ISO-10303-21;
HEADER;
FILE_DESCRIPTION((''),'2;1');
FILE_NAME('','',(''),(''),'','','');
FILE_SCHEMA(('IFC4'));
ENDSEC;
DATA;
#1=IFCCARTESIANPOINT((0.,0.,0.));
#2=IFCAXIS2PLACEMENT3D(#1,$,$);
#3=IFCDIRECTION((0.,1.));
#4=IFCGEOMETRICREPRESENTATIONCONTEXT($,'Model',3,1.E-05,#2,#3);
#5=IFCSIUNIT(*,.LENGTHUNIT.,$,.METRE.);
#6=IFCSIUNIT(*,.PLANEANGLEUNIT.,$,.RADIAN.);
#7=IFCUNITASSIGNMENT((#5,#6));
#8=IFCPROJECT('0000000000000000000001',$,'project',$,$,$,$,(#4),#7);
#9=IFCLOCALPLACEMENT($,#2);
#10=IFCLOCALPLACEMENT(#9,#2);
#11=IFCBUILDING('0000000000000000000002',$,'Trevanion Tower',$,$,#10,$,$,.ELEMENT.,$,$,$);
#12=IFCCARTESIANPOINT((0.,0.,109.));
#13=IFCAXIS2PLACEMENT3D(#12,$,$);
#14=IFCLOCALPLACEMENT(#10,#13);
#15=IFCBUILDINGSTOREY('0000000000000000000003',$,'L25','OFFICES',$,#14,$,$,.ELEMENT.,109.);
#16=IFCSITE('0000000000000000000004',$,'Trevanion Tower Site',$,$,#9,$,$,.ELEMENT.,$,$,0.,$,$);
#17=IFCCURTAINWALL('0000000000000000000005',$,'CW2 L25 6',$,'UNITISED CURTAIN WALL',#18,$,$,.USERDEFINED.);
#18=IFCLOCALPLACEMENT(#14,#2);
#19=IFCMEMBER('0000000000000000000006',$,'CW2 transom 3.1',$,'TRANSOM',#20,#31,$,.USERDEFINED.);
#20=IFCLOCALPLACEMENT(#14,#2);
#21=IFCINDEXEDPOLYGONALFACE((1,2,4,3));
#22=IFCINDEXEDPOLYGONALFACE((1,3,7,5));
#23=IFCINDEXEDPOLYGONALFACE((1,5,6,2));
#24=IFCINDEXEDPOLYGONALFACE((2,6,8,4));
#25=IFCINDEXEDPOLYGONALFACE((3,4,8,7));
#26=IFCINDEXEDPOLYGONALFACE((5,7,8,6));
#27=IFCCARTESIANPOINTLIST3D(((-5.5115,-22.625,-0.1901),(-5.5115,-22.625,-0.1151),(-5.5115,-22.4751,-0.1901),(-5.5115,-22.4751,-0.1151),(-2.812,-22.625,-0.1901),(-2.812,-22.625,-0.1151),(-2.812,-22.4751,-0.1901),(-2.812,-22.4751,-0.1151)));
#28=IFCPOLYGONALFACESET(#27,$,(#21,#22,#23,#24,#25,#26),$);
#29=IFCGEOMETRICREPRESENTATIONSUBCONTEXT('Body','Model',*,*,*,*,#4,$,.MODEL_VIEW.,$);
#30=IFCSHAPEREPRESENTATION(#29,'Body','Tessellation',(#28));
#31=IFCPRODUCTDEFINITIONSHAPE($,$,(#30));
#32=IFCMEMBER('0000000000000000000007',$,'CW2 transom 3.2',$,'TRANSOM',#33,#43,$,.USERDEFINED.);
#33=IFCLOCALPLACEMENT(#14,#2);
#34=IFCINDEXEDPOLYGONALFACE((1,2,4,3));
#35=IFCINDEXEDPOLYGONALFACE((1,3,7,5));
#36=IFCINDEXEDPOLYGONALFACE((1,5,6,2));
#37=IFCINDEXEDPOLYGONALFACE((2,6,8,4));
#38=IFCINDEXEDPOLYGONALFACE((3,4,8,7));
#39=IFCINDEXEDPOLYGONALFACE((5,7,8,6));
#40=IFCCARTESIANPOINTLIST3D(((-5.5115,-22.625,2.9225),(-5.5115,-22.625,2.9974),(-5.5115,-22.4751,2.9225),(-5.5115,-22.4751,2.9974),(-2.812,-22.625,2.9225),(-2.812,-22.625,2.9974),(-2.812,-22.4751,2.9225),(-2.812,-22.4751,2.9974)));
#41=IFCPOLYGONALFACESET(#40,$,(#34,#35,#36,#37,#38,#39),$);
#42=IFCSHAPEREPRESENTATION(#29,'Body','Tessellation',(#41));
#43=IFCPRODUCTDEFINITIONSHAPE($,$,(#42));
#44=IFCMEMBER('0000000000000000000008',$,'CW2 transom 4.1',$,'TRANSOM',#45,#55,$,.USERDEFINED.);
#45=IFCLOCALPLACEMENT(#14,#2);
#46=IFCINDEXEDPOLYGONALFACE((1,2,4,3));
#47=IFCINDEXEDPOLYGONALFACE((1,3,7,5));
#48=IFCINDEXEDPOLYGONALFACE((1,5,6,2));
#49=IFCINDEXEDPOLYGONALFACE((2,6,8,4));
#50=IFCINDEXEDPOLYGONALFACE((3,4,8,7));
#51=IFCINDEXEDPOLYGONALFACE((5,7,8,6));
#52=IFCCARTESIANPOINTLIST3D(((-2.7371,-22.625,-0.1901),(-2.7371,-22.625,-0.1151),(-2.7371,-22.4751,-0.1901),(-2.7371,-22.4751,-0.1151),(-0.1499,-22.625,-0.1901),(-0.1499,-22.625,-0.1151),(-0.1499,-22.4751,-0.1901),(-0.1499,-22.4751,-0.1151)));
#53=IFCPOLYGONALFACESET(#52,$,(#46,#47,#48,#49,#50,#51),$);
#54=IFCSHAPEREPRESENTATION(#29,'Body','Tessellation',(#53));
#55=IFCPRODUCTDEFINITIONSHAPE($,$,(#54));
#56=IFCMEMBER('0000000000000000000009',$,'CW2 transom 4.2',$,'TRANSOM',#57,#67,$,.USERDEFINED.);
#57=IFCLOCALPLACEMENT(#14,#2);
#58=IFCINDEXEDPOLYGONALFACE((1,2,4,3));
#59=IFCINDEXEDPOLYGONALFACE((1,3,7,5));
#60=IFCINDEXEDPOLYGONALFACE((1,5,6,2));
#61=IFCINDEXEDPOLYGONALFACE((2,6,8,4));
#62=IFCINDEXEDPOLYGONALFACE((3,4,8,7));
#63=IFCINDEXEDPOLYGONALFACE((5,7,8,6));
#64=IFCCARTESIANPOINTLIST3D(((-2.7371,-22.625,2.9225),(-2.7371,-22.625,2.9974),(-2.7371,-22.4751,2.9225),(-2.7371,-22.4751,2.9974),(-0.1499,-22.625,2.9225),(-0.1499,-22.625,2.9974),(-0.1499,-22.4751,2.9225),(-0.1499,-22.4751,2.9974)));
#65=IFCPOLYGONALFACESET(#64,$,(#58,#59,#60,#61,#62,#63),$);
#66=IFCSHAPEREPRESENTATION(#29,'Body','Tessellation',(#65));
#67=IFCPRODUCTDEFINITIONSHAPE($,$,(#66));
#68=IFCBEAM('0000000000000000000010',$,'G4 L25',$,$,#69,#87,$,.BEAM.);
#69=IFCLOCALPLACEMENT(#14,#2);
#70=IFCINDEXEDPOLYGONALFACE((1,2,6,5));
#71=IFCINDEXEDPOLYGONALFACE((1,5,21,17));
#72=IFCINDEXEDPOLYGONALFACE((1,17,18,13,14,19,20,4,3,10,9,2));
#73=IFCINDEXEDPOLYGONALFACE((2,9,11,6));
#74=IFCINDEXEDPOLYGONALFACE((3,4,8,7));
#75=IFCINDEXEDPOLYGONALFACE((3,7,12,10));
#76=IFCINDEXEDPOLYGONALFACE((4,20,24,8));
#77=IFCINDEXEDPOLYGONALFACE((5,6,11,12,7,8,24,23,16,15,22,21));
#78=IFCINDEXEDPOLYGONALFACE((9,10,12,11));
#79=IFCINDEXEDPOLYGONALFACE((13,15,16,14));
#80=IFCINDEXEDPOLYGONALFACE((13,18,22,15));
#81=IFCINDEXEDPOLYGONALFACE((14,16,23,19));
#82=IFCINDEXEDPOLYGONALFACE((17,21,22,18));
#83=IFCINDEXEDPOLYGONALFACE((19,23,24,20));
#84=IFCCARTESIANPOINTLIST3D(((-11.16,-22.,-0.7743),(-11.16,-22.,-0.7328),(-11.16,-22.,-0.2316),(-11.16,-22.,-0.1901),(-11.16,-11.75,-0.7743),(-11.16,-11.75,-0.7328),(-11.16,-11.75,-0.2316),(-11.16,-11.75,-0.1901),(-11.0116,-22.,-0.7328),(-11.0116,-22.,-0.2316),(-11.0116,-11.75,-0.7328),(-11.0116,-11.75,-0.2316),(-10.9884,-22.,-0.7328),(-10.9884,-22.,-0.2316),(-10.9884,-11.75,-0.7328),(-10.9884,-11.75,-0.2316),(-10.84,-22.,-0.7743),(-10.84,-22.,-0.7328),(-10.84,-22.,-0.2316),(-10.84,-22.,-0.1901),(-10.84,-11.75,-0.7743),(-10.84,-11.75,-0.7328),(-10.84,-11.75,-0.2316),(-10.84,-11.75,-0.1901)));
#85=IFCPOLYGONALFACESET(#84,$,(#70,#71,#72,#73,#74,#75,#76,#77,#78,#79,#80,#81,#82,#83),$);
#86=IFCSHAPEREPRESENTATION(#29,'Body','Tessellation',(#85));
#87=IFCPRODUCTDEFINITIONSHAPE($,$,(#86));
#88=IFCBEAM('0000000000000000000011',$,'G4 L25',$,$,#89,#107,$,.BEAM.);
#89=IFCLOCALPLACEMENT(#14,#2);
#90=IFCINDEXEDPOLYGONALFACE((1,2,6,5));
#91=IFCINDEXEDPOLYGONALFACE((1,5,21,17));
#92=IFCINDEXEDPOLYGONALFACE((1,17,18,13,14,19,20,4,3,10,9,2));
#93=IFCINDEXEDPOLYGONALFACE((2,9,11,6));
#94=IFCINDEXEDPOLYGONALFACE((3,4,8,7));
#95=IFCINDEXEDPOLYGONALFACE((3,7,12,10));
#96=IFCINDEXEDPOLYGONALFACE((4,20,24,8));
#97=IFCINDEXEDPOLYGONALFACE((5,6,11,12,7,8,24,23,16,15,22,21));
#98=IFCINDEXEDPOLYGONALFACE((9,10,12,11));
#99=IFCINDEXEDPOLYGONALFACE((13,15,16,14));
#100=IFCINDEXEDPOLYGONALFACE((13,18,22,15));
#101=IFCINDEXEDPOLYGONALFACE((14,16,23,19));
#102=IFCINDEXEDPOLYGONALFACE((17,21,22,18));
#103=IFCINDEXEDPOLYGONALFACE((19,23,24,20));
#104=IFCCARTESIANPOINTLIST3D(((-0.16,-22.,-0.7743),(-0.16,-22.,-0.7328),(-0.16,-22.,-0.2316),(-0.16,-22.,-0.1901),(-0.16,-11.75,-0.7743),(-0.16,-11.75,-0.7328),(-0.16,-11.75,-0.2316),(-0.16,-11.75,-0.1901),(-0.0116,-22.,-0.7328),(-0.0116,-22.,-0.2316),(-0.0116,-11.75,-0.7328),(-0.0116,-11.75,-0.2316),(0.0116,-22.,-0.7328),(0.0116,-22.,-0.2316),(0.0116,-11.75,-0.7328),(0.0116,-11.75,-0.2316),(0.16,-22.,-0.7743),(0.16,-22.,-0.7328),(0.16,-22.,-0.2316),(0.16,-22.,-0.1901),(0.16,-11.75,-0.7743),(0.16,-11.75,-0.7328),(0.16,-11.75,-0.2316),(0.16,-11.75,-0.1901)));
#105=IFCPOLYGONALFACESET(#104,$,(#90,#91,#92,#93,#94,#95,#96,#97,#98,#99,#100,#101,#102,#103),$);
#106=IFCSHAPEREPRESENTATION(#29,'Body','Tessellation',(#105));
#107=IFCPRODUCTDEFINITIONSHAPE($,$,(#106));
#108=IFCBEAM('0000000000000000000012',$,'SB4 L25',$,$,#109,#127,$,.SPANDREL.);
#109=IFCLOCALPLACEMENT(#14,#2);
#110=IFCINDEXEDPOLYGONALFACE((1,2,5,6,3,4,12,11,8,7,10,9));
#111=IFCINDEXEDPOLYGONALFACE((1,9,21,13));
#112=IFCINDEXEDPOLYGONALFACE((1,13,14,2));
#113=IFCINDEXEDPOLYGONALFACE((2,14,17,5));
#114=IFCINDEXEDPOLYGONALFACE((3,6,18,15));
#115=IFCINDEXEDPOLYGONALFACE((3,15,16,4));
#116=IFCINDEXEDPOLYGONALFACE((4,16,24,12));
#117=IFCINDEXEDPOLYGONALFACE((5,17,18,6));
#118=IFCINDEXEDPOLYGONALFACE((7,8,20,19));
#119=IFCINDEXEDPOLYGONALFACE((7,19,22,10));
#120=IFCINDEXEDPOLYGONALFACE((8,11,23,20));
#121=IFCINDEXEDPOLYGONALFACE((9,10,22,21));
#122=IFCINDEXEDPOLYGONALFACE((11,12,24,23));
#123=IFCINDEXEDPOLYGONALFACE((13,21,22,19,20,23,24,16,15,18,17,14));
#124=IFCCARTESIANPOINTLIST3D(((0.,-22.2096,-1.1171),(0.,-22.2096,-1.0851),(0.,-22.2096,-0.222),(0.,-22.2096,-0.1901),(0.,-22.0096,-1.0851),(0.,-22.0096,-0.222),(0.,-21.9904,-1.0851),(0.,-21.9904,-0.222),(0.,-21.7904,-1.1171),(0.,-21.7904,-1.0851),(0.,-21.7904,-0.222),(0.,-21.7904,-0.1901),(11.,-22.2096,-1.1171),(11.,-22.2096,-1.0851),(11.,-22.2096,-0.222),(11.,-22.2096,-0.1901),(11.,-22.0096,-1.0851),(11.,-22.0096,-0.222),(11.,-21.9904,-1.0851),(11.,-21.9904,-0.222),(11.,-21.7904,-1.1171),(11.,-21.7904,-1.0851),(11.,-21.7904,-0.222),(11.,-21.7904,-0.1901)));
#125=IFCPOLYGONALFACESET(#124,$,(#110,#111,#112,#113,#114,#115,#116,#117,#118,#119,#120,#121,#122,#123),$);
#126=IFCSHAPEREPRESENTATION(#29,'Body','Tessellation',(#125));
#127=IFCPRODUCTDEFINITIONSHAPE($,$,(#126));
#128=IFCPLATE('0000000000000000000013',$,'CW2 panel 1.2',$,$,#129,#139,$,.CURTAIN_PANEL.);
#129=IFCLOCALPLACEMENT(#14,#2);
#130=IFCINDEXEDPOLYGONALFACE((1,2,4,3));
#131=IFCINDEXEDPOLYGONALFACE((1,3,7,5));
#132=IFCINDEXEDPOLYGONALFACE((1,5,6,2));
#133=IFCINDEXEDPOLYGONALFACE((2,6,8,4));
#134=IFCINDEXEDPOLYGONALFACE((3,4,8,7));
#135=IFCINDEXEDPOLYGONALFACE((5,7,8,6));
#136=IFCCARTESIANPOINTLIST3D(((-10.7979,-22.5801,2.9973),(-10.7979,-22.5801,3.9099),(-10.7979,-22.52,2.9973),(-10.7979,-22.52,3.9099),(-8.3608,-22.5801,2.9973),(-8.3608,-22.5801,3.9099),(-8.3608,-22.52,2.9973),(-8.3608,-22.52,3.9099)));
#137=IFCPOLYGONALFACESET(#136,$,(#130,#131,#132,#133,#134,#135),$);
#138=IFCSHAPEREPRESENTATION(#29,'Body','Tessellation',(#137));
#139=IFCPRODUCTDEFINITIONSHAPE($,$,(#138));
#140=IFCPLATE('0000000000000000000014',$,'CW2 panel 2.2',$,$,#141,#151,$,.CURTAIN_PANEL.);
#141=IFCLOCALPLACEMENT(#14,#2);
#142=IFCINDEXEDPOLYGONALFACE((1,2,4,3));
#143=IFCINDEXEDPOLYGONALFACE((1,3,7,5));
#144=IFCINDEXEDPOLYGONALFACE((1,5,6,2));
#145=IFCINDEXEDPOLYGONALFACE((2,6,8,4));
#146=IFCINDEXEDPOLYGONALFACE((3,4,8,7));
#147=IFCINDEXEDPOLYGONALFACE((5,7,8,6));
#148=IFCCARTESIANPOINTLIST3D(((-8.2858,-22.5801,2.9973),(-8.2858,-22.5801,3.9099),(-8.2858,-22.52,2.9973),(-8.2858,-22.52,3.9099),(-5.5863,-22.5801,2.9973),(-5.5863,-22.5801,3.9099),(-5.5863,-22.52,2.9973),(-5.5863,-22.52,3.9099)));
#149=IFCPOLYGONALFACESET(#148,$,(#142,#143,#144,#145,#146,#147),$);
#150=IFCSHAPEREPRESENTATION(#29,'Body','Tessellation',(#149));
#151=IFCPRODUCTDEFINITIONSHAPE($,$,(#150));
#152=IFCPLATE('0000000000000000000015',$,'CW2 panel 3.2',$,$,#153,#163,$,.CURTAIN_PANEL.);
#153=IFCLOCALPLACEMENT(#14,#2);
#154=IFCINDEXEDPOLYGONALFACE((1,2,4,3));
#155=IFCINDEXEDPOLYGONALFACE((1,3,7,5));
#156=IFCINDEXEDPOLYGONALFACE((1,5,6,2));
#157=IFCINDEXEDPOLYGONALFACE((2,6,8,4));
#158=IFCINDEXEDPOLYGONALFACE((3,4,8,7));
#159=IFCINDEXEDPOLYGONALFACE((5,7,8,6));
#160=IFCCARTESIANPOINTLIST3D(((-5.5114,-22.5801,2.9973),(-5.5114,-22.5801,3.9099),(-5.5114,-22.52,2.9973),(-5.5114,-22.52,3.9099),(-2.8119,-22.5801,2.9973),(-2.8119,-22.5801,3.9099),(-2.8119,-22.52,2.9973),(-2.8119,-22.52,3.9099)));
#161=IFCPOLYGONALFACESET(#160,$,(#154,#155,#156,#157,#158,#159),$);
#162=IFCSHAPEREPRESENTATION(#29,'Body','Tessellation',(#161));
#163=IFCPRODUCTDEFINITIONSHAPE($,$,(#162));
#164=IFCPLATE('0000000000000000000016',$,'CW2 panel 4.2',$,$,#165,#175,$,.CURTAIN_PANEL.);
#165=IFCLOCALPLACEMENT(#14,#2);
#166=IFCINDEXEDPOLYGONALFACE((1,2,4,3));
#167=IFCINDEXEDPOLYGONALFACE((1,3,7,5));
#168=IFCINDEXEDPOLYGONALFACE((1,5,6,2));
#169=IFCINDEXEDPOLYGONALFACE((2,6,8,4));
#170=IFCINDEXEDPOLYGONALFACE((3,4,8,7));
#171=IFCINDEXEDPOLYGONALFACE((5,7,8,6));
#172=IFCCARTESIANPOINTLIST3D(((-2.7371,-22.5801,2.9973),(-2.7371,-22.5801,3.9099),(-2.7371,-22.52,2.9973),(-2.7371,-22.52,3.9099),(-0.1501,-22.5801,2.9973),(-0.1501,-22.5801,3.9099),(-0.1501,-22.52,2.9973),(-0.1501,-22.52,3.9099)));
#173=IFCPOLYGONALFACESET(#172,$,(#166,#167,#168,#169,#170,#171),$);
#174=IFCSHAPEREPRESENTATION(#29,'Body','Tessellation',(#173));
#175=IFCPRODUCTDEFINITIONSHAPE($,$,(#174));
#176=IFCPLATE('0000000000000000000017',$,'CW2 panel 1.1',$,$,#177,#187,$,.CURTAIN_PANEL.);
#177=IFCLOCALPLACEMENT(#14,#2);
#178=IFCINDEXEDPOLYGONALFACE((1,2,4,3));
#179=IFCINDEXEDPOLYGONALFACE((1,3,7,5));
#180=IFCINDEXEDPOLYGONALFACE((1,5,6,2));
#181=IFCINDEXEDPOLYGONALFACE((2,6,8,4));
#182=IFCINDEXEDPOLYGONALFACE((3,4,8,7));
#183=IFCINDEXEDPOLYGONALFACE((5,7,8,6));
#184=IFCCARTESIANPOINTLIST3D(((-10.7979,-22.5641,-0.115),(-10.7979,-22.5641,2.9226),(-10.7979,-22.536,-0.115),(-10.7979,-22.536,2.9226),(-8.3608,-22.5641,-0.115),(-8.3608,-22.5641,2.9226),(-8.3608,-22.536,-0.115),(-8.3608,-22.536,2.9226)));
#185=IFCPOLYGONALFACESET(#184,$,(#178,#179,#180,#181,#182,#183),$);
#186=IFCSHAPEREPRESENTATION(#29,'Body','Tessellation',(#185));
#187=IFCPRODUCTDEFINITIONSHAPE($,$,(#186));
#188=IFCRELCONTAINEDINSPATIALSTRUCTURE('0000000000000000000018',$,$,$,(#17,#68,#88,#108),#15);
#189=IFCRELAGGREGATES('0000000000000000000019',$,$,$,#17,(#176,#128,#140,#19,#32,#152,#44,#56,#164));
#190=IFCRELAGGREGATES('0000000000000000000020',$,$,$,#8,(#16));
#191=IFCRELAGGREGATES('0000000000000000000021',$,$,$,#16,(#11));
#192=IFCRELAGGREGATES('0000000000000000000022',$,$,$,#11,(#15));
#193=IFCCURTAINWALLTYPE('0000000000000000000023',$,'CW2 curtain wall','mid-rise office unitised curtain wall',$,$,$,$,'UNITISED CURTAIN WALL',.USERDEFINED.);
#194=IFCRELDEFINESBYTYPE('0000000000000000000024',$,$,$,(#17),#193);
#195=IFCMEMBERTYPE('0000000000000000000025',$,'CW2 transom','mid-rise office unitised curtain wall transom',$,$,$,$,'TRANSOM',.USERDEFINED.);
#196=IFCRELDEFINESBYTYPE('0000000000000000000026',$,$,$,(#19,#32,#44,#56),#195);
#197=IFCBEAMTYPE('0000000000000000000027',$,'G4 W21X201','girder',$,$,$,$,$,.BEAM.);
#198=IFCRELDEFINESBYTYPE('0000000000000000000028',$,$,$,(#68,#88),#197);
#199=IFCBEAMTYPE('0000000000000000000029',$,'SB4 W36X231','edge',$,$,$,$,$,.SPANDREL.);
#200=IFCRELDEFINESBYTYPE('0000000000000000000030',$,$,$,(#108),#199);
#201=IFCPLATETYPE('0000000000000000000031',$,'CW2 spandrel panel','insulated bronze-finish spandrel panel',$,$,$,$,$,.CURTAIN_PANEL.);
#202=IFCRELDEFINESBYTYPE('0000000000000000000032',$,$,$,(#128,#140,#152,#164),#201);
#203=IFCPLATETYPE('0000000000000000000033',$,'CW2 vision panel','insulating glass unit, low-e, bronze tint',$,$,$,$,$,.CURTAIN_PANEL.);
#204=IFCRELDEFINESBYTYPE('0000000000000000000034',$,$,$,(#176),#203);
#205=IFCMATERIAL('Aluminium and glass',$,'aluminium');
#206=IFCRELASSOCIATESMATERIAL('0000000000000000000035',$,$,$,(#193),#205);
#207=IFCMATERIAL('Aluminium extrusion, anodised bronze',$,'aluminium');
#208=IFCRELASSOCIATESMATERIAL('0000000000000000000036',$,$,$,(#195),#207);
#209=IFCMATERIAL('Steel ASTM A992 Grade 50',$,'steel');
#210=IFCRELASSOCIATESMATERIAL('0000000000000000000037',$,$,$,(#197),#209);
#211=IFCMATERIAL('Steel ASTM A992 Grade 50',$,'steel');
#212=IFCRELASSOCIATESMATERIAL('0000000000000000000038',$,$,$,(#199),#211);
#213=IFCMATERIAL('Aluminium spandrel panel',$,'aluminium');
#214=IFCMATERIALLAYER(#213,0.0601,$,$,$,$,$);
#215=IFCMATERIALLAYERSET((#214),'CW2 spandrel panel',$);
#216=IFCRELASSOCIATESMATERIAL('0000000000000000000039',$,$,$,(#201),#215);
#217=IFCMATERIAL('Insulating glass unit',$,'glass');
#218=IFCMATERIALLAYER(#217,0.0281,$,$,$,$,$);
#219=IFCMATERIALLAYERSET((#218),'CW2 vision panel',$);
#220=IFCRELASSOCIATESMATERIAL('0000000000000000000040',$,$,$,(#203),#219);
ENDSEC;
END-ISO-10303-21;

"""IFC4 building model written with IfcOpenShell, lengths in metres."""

from ifc_helpers import new_model, si_unit, direction, frame, origin, origin_2d, place, context, subcontext, project, spatial, rectangle, i_section, extrude, material, layer, layer_set, material_profile, profile_set, type_object, element, aggregate, save


model = new_model("IFC4")

# Units and contexts
model_context = context("Model", 3, precision=1e-05, world=origin(), true_north=direction((0.0, 1.0)))
body_context = subcontext(model_context, "Body", "Model", "MODEL_VIEW")
ifc_project = project(units=[si_unit("LENGTHUNIT", "METRE"), si_unit("PLANEANGLEUNIT", "RADIAN")], contexts=[model_context])

# Site, building, storey
site_placement = place(None, origin())
site = spatial("IfcSite", under=ifc_project, at=site_placement, Name="Trevanion Tower Site", CompositionType="ELEMENT", RefElevation=0.0)
building_placement = place(site_placement, origin())
building = spatial("IfcBuilding", under=site, at=building_placement, Name="Trevanion Tower", CompositionType="ELEMENT")
storey_placement = place(building_placement, frame((0.0, 0.0, 109.0)))
storey = spatial("IfcBuildingStorey", under=building, at=storey_placement, Name="L25", Description="OFFICES", CompositionType="ELEMENT", Elevation=109.0)

# Curtain wall, members
ifc_material_1 = material(Name="Aluminium and glass", Category="aluminium")
curtain_wall_type = type_object("IfcCurtainWallType", Name="CW2 curtain wall", Description="mid-rise office unitised curtain wall", ElementType="UNITISED CURTAIN WALL", PredefinedType="USERDEFINED", material=ifc_material_1)
curtain_wall_placement = place(storey_placement, origin())
curtain_wall = element("IfcCurtainWall", 1, at=curtain_wall_placement, inside=storey, type_object=curtain_wall_type, Name="CW2 L25 6", ObjectType="UNITISED CURTAIN WALL", PredefinedType="USERDEFINED")
ifc_material_2 = material(Name="Aluminium extrusion, anodised bronze", Category="aluminium")
ifc_material_profile_1 = material_profile(ifc_material_2, rectangle(XDim=0.1499, YDim=0.075, at=origin_2d()), Name="CW2 transom")
ifc_profile_set_1 = profile_set([ifc_material_profile_1], Name="Aluminium extrusion, anodised bronze")
member_type_1 = type_object("IfcMemberType", Name="CW2 transom", Description="mid-rise office unitised curtain wall transom", ElementType="TRANSOM", PredefinedType="USERDEFINED", material=ifc_profile_set_1)
member_1_placement = place(storey_placement, frame((-5.5115, -22.55, -0.1526), z_axis=(1.0, 0.0, 0.0), x_axis=(0.0, 1.0, 0.0)))
member_1 = element("IfcMember", 2, at=member_1_placement, type_object=member_type_1, Name="CW2 transom 3.1", ObjectType="TRANSOM", PredefinedType="USERDEFINED", context=body_context, shape_type="SweptSolid", body=[
    extrude(rectangle(XDim=0.1499, YDim=0.075, at=origin_2d()), origin(), (0.0, 0.0, 1.0), 2.6995),
])
member_2_placement = place(storey_placement, frame((-5.5115, -22.55, 2.96), z_axis=(1.0, 0.0, 0.0), x_axis=(0.0, 1.0, 0.0)))
member_2 = element("IfcMember", 3, at=member_2_placement, type_object=member_type_1, Name="CW2 transom 3.2", ObjectType="TRANSOM", PredefinedType="USERDEFINED", context=body_context, shape_type="SweptSolid", body=[
    extrude(rectangle(XDim=0.1499, YDim=0.075, at=origin_2d()), origin(), (0.0, 0.0, 1.0), 2.6995),
])
member_3_placement = place(storey_placement, frame((-2.7371, -22.55, -0.1526), z_axis=(1.0, 0.0, 0.0), x_axis=(0.0, 1.0, 0.0)))
member_3 = element("IfcMember", 4, at=member_3_placement, type_object=member_type_1, Name="CW2 transom 4.1", ObjectType="TRANSOM", PredefinedType="USERDEFINED", context=body_context, shape_type="SweptSolid", body=[
    extrude(rectangle(XDim=0.1499, YDim=0.075, at=origin_2d()), origin(), (0.0, 0.0, 1.0), 2.5872),
])
member_4_placement = place(storey_placement, frame((-2.7371, -22.55, 2.96), z_axis=(1.0, 0.0, 0.0), x_axis=(0.0, 1.0, 0.0)))
member_4 = element("IfcMember", 5, at=member_4_placement, type_object=member_type_1, Name="CW2 transom 4.2", ObjectType="TRANSOM", PredefinedType="USERDEFINED", context=body_context, shape_type="SweptSolid", body=[
    extrude(rectangle(XDim=0.1499, YDim=0.075, at=origin_2d()), origin(), (0.0, 0.0, 1.0), 2.5872),
])

# Beams
ifc_material_3 = material(Name="Steel ASTM A992 Grade 50", Category="steel")
ifc_material_profile_2 = material_profile(ifc_material_3, i_section(OverallWidth=0.3201, OverallDepth=0.5842, WebThickness=0.0232, FlangeThickness=0.0415, at=origin_2d()), Name="W21X201")
ifc_profile_set_2 = profile_set([ifc_material_profile_2], Name="Steel ASTM A992 Grade 50")
beam_type_1 = type_object("IfcBeamType", Name="G4 W21X201", Description="girder", PredefinedType="BEAM", material=ifc_profile_set_2)
for number, where, z_axis, x_axis, name in (
    (6, (-11.0, -11.75, -0.4822), (0.0, -1.0, 0.0), (1.0, 0.0, 0.0), "G4 L25"),
    (7, (0.0, -11.75, -0.4822), (0.0, -1.0, 0.0), (1.0, 0.0, 0.0), "G4 L25"),
):
    element("IfcBeam", number, at=place(storey_placement, frame(where, z_axis=z_axis, x_axis=x_axis)), inside=storey, type_object=beam_type_1, Name=name, PredefinedType="BEAM", context=body_context, shape_type="SweptSolid", body=[
        extrude(i_section(OverallWidth=0.3201, OverallDepth=0.5842, WebThickness=0.0232, FlangeThickness=0.0415, at=origin_2d()), origin(), (0.0, 0.0, 1.0), 10.25),
    ])
ifc_material_4 = material(Name="Steel ASTM A992 Grade 50", Category="steel")
ifc_material_profile_3 = material_profile(ifc_material_4, i_section(OverallWidth=0.4192, OverallDepth=0.927, WebThickness=0.0193, FlangeThickness=0.032, at=origin_2d()), Name="W36X231")
ifc_profile_set_3 = profile_set([ifc_material_profile_3], Name="Steel ASTM A992 Grade 50")
beam_type_2 = type_object("IfcBeamType", Name="SB4 W36X231", Description="edge", PredefinedType="SPANDREL", material=ifc_profile_set_3)
beam_placement = place(storey_placement, frame((0.0, -22.0, -0.6536), z_axis=(1.0, 0.0, 0.0), x_axis=(0.0, 1.0, 0.0)))
element("IfcBeam", 8, at=beam_placement, inside=storey, type_object=beam_type_2, Name="SB4 L25", PredefinedType="SPANDREL", context=body_context, shape_type="SweptSolid", body=[
    extrude(i_section(OverallWidth=0.4192, OverallDepth=0.927, WebThickness=0.0193, FlangeThickness=0.032, at=origin_2d()), origin(), (0.0, 0.0, 1.0), 11.0),
])

# Plates
ifc_material_5 = material(Name="Aluminium spandrel panel", Category="aluminium")
ifc_layer_1 = layer(ifc_material_5, 0.0601)
ifc_layer_set_1 = layer_set([ifc_layer_1], Name="CW2 spandrel panel")
plate_type_1 = type_object("IfcPlateType", Name="CW2 spandrel panel", Description="insulated bronze-finish spandrel panel", PredefinedType="CURTAIN_PANEL", material=ifc_layer_set_1)
plate_1_placement = place(storey_placement, frame((-9.5793, -22.55, 2.9973), z_axis=(0.0, 0.0, 1.0), x_axis=(1.0, 0.0, 0.0)))
plate_1 = element("IfcPlate", 9, at=plate_1_placement, type_object=plate_type_1, Name="CW2 panel 1.2", PredefinedType="CURTAIN_PANEL", context=body_context, shape_type="SweptSolid", body=[
    extrude(rectangle(XDim=2.437, YDim=0.0601, at=origin_2d()), origin(), (0.0, 0.0, 1.0), 0.9126),
])
plate_2_placement = place(storey_placement, frame((-6.936, -22.55, 2.9973), z_axis=(0.0, 0.0, 1.0), x_axis=(1.0, 0.0, 0.0)))
plate_2 = element("IfcPlate", 10, at=plate_2_placement, type_object=plate_type_1, Name="CW2 panel 2.2", PredefinedType="CURTAIN_PANEL", context=body_context, shape_type="SweptSolid", body=[
    extrude(rectangle(XDim=2.6995, YDim=0.0601, at=origin_2d()), origin(), (0.0, 0.0, 1.0), 0.9126),
])
plate_3_placement = place(storey_placement, frame((-4.1616, -22.55, 2.9973), z_axis=(0.0, 0.0, 1.0), x_axis=(1.0, 0.0, 0.0)))
plate_3 = element("IfcPlate", 11, at=plate_3_placement, type_object=plate_type_1, Name="CW2 panel 3.2", PredefinedType="CURTAIN_PANEL", context=body_context, shape_type="SweptSolid", body=[
    extrude(rectangle(XDim=2.6995, YDim=0.0601, at=origin_2d()), origin(), (0.0, 0.0, 1.0), 0.9126),
])
plate_4_placement = place(storey_placement, frame((-1.4436, -22.55, 2.9973), z_axis=(0.0, 0.0, 1.0), x_axis=(1.0, 0.0, 0.0)))
plate_4 = element("IfcPlate", 12, at=plate_4_placement, type_object=plate_type_1, Name="CW2 panel 4.2", PredefinedType="CURTAIN_PANEL", context=body_context, shape_type="SweptSolid", body=[
    extrude(rectangle(XDim=2.5869, YDim=0.0601, at=origin_2d()), origin(), (0.0, 0.0, 1.0), 0.9126),
])
ifc_material_6 = material(Name="Insulating glass unit", Category="glass")
ifc_layer_2 = layer(ifc_material_6, 0.0281)
ifc_layer_set_2 = layer_set([ifc_layer_2], Name="CW2 vision panel")
plate_type_2 = type_object("IfcPlateType", Name="CW2 vision panel", Description="insulating glass unit, low-e, bronze tint", PredefinedType="CURTAIN_PANEL", material=ifc_layer_set_2)
plate_5_placement = place(storey_placement, frame((-9.5793, -22.55, -0.115), z_axis=(0.0, 0.0, 1.0), x_axis=(1.0, 0.0, 0.0)))
plate_5 = element("IfcPlate", 13, at=plate_5_placement, type_object=plate_type_2, Name="CW2 panel 1.1", PredefinedType="CURTAIN_PANEL", context=body_context, shape_type="SweptSolid", body=[
    extrude(rectangle(XDim=2.437, YDim=0.0281, at=origin_2d()), origin(), (0.0, 0.0, 1.0), 3.0376),
])
aggregate(curtain_wall, [plate_5, plate_1, plate_2, member_1, member_2, plate_3, member_3, member_4, plate_4])

save(model, "model.ifc")
